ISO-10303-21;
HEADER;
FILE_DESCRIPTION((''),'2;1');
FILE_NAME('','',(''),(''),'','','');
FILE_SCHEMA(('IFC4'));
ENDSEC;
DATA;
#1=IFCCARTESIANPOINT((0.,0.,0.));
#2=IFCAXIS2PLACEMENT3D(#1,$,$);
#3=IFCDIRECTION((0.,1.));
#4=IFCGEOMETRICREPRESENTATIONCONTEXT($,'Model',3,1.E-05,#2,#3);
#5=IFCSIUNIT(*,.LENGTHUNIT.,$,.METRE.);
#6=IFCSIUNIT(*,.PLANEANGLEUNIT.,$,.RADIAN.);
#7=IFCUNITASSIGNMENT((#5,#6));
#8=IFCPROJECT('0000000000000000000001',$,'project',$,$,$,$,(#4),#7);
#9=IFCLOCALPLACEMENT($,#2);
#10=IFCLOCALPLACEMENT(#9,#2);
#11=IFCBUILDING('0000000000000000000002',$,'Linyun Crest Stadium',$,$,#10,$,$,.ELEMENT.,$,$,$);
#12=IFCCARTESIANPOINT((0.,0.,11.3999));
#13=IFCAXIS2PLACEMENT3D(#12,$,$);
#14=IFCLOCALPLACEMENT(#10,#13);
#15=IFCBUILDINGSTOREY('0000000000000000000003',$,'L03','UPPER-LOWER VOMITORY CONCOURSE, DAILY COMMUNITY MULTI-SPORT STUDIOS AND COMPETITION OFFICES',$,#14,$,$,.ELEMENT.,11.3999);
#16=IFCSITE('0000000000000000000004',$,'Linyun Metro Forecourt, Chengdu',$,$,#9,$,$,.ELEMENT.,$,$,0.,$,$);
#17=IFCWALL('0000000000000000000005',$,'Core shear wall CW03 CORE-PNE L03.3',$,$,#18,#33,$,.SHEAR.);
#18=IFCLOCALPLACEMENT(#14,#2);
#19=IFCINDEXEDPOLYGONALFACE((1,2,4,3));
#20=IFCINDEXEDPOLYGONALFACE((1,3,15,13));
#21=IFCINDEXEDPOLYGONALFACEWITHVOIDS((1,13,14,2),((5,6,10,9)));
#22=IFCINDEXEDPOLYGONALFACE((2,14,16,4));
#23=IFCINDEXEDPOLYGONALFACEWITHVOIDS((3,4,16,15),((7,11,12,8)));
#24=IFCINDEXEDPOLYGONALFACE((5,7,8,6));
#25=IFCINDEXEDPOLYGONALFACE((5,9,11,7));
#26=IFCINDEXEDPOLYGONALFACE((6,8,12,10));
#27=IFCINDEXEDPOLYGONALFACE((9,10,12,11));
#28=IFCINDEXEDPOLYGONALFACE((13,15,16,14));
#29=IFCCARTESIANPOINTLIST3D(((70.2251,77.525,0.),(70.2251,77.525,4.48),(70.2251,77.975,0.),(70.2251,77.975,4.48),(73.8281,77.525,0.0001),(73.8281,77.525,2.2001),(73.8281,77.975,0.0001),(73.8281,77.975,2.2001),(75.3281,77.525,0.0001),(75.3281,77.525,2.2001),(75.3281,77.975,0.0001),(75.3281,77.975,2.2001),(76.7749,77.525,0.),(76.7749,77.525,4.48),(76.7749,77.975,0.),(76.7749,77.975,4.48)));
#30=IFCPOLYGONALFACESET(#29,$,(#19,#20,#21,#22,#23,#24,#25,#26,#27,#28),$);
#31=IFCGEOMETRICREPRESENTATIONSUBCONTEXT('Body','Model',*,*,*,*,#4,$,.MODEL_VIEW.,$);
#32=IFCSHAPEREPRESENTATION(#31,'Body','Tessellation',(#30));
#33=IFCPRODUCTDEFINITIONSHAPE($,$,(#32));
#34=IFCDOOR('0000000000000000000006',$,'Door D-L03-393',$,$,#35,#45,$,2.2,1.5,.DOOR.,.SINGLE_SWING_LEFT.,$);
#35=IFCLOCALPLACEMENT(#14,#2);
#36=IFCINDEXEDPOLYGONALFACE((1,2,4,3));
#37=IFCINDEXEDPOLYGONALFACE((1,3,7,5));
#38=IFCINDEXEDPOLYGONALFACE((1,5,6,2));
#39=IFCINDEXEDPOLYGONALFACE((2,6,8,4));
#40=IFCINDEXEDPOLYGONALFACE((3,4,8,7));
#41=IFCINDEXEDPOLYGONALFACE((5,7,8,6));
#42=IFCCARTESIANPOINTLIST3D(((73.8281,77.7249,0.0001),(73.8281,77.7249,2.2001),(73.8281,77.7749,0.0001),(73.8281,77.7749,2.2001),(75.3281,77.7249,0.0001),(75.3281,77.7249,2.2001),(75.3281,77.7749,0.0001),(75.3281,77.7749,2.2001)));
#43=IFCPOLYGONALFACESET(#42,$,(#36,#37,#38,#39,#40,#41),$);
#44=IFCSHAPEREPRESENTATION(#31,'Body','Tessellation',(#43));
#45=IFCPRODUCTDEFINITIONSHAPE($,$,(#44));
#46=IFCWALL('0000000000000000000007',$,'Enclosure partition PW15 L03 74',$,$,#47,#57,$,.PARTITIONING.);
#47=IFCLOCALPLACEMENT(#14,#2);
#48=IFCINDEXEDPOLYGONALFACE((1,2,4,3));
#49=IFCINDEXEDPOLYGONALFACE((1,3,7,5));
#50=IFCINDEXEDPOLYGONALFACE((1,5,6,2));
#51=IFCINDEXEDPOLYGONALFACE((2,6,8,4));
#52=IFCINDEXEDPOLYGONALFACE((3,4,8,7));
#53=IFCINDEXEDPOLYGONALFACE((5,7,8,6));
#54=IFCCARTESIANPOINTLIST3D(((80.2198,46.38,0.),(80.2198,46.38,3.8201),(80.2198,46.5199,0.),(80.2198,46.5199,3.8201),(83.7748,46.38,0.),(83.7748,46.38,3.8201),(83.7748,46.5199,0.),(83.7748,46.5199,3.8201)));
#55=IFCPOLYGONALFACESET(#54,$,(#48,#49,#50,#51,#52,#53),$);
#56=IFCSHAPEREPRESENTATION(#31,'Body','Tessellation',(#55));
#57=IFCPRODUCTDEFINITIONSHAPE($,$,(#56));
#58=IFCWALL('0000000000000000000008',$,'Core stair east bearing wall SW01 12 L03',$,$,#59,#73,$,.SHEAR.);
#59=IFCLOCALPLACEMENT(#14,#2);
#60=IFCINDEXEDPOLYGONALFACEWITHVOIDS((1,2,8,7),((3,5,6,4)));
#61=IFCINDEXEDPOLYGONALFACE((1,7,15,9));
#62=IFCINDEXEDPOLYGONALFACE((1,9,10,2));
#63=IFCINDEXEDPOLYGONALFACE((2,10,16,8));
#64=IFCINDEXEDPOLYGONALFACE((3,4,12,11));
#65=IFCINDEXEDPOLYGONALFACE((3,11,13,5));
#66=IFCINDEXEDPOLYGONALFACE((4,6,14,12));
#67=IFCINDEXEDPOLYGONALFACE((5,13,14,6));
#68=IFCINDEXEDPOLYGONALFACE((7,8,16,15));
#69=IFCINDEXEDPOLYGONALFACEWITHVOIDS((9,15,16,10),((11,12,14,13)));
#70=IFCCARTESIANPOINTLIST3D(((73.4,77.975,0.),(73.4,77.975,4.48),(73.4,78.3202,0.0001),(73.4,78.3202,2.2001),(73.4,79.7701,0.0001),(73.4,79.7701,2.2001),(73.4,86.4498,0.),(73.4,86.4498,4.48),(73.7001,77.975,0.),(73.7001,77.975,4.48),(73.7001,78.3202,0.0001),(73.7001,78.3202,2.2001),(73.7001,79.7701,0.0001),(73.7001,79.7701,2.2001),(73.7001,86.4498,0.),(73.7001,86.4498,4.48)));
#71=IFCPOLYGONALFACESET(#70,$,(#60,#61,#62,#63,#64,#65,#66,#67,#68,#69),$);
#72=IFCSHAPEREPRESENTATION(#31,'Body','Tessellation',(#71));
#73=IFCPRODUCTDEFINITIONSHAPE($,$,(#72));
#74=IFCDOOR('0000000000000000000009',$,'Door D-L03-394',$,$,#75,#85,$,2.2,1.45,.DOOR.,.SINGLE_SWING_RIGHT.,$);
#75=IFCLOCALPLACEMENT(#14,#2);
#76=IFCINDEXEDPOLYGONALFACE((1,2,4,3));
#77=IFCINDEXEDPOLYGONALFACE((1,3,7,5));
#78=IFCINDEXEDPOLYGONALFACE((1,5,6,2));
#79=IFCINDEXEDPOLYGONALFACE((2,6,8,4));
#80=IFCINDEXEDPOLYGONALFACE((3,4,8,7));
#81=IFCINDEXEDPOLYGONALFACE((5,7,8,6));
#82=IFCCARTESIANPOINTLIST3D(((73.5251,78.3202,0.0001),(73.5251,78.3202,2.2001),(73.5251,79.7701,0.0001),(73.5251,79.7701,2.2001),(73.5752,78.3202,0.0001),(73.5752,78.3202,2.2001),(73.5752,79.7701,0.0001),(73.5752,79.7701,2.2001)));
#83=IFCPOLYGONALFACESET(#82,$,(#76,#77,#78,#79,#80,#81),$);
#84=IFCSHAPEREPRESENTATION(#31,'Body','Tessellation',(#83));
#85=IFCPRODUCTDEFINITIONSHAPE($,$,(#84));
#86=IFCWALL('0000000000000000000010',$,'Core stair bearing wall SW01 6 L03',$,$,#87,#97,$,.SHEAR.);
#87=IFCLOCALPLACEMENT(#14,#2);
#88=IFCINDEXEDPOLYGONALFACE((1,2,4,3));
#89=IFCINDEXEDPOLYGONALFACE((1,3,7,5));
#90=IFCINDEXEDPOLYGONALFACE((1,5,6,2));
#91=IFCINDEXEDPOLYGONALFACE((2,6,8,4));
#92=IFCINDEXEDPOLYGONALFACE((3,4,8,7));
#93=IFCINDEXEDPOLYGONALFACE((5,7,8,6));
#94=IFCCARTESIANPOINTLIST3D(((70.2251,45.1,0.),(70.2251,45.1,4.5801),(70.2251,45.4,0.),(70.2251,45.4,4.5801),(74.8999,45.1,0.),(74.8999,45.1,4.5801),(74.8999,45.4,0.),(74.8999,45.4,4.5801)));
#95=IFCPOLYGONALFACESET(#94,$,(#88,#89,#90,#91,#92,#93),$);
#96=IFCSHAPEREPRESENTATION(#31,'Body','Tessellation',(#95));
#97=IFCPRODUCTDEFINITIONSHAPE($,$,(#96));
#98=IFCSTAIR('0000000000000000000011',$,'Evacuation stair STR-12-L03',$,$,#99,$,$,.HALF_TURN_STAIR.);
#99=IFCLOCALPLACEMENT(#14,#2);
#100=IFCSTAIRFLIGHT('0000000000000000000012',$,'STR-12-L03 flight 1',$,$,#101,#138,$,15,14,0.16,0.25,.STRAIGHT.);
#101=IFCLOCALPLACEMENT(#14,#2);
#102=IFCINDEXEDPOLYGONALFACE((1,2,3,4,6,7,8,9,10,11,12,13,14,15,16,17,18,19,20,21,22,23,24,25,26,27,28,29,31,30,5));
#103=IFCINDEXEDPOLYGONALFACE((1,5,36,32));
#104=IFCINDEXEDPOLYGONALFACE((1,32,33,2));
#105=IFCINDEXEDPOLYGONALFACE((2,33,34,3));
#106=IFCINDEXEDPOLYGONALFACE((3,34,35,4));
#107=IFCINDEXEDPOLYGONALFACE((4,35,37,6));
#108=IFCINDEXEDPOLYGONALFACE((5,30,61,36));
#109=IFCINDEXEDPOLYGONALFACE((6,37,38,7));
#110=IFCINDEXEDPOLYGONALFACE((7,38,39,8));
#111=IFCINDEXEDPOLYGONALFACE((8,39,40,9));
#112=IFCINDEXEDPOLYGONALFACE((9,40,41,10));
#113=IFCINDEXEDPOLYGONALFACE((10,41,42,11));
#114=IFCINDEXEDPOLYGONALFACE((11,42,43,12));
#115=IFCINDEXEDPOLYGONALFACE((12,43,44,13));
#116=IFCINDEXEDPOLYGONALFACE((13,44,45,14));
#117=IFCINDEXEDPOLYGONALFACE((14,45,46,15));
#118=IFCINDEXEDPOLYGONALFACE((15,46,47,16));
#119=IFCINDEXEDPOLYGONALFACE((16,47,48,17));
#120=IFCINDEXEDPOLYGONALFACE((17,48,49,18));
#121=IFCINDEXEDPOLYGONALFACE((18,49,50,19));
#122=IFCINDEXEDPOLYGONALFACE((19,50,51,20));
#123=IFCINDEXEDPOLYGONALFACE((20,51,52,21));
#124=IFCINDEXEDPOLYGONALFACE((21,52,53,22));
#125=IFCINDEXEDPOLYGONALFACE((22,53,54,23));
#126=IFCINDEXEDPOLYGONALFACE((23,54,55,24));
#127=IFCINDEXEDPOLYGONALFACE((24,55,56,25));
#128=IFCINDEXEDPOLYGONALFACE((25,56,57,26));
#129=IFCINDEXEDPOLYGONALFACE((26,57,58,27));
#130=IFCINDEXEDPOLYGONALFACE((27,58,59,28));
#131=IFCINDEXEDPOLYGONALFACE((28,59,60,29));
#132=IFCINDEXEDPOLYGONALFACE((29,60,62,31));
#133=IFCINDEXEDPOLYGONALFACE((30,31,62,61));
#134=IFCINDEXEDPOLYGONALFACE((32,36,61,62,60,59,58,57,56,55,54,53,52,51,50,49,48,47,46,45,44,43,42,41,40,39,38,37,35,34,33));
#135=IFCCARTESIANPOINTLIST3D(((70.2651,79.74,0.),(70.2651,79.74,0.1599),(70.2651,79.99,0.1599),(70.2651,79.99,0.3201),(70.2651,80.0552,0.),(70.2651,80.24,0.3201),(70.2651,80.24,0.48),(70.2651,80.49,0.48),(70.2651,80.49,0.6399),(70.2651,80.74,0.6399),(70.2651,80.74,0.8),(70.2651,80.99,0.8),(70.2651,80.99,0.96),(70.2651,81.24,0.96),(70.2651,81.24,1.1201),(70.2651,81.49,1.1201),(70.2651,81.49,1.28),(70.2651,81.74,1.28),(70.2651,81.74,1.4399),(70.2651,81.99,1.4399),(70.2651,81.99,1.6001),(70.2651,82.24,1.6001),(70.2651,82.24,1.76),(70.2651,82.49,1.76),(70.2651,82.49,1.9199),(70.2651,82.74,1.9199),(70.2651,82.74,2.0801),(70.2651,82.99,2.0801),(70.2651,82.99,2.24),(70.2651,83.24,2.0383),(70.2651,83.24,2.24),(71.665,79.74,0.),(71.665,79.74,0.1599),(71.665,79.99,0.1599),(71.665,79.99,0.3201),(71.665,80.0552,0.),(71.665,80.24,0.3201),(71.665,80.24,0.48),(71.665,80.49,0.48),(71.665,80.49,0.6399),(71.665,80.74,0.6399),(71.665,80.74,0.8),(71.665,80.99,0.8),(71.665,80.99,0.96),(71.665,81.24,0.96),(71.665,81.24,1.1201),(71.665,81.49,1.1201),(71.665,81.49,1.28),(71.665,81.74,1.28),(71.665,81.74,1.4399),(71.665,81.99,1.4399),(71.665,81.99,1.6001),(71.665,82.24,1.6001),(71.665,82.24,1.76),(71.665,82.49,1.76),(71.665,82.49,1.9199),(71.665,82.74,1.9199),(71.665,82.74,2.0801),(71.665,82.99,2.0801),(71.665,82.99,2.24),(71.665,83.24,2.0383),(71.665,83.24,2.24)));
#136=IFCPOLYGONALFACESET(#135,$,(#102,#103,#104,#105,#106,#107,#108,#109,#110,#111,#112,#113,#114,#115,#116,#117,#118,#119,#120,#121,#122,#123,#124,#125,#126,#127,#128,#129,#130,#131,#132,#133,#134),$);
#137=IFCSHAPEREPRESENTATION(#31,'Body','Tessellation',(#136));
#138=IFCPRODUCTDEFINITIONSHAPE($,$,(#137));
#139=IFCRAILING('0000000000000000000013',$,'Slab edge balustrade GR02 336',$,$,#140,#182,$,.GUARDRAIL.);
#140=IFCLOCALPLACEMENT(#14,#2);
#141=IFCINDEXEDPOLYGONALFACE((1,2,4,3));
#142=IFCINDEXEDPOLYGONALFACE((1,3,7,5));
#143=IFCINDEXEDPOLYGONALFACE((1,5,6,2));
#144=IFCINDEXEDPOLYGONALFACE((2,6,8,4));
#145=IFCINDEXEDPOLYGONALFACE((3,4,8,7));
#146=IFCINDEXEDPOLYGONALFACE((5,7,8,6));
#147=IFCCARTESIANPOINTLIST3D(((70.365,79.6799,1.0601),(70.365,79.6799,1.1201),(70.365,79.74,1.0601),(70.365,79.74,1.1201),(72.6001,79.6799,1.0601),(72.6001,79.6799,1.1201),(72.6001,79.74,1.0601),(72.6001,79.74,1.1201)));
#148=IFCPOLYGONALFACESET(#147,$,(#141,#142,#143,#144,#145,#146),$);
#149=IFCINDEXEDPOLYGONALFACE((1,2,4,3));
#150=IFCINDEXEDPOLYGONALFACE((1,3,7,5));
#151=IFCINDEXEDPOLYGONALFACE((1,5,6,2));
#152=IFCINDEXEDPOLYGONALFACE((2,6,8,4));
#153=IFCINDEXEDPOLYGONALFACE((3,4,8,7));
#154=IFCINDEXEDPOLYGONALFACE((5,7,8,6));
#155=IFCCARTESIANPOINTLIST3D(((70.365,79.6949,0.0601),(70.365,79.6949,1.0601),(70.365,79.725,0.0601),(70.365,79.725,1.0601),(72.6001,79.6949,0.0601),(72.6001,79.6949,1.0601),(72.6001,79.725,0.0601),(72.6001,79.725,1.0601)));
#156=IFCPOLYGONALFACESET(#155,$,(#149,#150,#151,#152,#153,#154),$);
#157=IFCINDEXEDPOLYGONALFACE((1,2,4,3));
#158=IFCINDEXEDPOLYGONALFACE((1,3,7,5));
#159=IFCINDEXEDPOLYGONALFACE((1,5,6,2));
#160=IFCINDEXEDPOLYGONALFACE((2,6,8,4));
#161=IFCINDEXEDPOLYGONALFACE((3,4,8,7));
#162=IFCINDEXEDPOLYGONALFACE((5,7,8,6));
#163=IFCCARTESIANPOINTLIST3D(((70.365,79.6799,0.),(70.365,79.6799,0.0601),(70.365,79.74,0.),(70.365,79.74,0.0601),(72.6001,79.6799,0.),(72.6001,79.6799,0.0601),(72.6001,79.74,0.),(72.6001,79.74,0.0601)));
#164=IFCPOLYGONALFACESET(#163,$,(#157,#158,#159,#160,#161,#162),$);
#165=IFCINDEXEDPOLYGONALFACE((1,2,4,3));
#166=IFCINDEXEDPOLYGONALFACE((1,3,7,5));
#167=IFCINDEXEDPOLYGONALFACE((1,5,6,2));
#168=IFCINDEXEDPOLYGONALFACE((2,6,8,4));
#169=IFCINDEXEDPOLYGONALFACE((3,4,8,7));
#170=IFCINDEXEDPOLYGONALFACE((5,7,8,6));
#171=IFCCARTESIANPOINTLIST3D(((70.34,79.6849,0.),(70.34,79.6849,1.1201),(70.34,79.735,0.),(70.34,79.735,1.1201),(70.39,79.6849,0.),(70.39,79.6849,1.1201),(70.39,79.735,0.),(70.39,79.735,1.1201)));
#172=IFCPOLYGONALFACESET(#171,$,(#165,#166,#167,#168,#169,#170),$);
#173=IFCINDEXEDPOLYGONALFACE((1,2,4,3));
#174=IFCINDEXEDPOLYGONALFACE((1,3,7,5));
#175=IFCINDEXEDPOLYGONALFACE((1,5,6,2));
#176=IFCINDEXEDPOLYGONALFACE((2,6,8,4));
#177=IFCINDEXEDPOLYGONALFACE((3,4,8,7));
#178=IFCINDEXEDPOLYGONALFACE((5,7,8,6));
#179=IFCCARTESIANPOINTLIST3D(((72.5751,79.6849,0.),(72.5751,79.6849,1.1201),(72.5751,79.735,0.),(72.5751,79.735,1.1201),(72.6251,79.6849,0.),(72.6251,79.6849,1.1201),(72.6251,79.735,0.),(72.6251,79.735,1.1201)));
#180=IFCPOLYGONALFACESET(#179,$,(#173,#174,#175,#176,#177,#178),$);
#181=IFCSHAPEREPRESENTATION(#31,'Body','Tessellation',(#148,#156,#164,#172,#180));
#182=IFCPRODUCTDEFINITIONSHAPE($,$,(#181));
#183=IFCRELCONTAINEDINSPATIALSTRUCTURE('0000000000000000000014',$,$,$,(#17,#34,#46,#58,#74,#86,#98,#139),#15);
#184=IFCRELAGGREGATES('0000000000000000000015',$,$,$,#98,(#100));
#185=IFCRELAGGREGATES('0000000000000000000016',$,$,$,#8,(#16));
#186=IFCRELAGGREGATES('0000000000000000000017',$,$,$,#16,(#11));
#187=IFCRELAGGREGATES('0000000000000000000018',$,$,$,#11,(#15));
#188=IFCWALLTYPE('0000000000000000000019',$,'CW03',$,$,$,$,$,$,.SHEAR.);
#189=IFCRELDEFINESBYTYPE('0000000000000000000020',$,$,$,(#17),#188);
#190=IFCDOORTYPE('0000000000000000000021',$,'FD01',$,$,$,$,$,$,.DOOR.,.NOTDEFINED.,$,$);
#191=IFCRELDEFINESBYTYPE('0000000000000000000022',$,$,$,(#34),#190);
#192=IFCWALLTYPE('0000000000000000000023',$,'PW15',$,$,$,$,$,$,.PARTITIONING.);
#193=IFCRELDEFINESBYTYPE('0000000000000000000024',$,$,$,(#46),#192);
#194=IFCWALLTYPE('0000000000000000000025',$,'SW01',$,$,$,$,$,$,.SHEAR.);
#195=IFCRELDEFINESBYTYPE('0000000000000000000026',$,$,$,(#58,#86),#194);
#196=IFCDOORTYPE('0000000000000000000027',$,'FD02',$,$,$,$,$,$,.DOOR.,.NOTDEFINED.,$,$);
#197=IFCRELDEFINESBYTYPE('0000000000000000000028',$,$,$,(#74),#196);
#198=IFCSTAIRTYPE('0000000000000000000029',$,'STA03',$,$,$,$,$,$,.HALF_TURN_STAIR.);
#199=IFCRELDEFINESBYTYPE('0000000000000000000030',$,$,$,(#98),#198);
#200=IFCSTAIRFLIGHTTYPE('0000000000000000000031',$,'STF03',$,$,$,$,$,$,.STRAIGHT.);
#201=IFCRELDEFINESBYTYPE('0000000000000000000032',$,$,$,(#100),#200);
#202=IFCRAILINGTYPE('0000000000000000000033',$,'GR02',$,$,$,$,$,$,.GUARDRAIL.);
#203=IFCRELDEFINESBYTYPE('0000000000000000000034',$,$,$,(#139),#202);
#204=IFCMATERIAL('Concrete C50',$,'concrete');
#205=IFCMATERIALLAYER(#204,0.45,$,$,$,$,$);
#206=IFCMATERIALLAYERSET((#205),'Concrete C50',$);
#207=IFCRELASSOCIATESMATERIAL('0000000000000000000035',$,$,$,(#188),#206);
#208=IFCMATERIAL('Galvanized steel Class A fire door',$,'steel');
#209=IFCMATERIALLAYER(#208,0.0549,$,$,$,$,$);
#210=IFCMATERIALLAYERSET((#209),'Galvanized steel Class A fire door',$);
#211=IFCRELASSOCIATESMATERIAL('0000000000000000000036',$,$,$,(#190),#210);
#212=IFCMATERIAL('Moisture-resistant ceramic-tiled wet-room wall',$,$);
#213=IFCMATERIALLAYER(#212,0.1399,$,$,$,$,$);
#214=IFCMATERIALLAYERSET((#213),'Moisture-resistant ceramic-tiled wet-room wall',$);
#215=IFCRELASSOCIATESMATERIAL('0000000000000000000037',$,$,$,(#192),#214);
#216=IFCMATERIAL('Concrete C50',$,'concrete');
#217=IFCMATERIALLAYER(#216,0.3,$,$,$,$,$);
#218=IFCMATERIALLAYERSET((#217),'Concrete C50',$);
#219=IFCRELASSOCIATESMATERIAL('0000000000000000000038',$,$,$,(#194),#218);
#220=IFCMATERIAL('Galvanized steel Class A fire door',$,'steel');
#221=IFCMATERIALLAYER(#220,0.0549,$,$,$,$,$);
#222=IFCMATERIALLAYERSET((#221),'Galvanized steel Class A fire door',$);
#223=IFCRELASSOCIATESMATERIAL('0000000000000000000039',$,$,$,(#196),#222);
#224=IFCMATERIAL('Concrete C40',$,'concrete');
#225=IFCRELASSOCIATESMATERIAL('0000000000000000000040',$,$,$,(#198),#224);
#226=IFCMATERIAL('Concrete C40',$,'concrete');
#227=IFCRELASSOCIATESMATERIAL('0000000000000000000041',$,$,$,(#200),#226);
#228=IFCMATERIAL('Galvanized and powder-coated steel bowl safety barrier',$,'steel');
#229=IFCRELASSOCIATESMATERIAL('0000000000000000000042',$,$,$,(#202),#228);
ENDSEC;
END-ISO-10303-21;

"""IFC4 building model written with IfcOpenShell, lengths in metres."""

from ifc_helpers import new_model, si_unit, direction, frame, frame_2d, origin, origin_2d, place, context, subcontext, project, spatial, polyline, rectangle, outline, extrude, material, layer, layer_set, type_object, element, fill, aggregate, save


model = new_model("IFC4")

# Units and contexts
model_context = context("Model", 3, precision=1e-05, world=origin(), true_north=direction((0.0, 1.0)))
body_context = subcontext(model_context, "Body", "Model", "MODEL_VIEW")
ifc_project = project(units=[si_unit("LENGTHUNIT", "METRE"), si_unit("PLANEANGLEUNIT", "RADIAN")], contexts=[model_context])

# Site, building, storey
site_placement = place(None, origin())
site = spatial("IfcSite", under=ifc_project, at=site_placement, Name="Linyun Metro Forecourt, Chengdu", CompositionType="ELEMENT", RefElevation=0.0)
building_placement = place(site_placement, origin())
building = spatial("IfcBuilding", under=site, at=building_placement, Name="Linyun Crest Stadium", CompositionType="ELEMENT")
storey_placement = place(building_placement, frame((0.0, 0.0, 11.3999)))
storey = spatial("IfcBuildingStorey", under=building, at=storey_placement, Name="L03", Description="UPPER-LOWER VOMITORY CONCOURSE, DAILY COMMUNITY MULTI-SPORT STUDIOS AND COMPETITION OFFICES", CompositionType="ELEMENT", Elevation=11.3999)

# Shared definitions
ifc_material_1 = material(Name="Concrete C50", Category="concrete")
ifc_layer_1 = layer(ifc_material_1, 0.45)
ifc_layer_set_1 = layer_set([ifc_layer_1], Name="Concrete C50")
wall_type_1 = type_object("IfcWallType", Name="CW03", PredefinedType="SHEAR", material=ifc_layer_set_1)

# Wall, opening, door
wall_1_placement = place(storey_placement, frame((70.2251, 77.75, 0.0), z_axis=(0.0, 0.0, 1.0), x_axis=(1.0, 0.0, 0.0)))
wall_1 = element("IfcWall", 1, at=wall_1_placement, inside=storey, type_object=wall_type_1, Name="Core shear wall CW03 CORE-PNE L03.3", PredefinedType="SHEAR", context=body_context, shape_type="SweptSolid", body=[
    extrude(rectangle(XDim=6.5498, YDim=0.45, at=frame_2d((3.2749, 0.0))), origin(), (0.0, 0.0, 1.0), 4.48),
])
opening_1_placement = place(wall_1_placement, frame((3.603, 0.0, 0.0)))
opening_1 = element("IfcOpeningElement", 2, at=opening_1_placement, cuts=wall_1, PredefinedType="OPENING", context=body_context, shape_type="SweptSolid", body=[
    extrude(rectangle(XDim=1.5, YDim=2.2, at=frame_2d((0.75, 1.1001))), frame((0.0, 0.2349, 0.0), z_axis=(0.0, -1.0, 0.0), x_axis=(1.0, 0.0, 0.0)), (0.0, 0.0, 1.0), 0.47),
])
ifc_material_2 = material(Name="Galvanized steel Class A fire door", Category="steel")
ifc_layer_2 = layer(ifc_material_2, 0.0549)
ifc_layer_set_2 = layer_set([ifc_layer_2], Name="Galvanized steel Class A fire door")
door_type_1 = type_object("IfcDoorType", Name="FD01", OperationType="NOTDEFINED", PredefinedType="DOOR", material=ifc_layer_set_2)
door_1_placement = place(opening_1_placement, origin())
door_1 = element("IfcDoor", 3, at=door_1_placement, inside=storey, type_object=door_type_1, Name="Door D-L03-393", OperationType="SINGLE_SWING_LEFT", OverallHeight=2.2, OverallWidth=1.5, PredefinedType="DOOR", context=body_context, shape_type="SweptSolid", body=[
    extrude(rectangle(XDim=1.5, YDim=2.2, at=frame_2d((0.75, 1.1001))), frame((0.0, 0.0249, 0.0), z_axis=(0.0, -1.0, 0.0), x_axis=(1.0, 0.0, 0.0)), (0.0, 0.0, 1.0), 0.05),
])
fill(opening_1, door_1)

# Wall
ifc_material_3 = material(Name="Moisture-resistant ceramic-tiled wet-room wall")
ifc_layer_3 = layer(ifc_material_3, 0.1399)
ifc_layer_set_3 = layer_set([ifc_layer_3], Name="Moisture-resistant ceramic-tiled wet-room wall")
wall_type_2 = type_object("IfcWallType", Name="PW15", PredefinedType="PARTITIONING", material=ifc_layer_set_3)
wall_2_placement = place(storey_placement, frame((80.22, 46.45, 0.0), z_axis=(0.0, 0.0, 1.0), x_axis=(1.0, 0.0, 0.0)))
element("IfcWall", 4, at=wall_2_placement, inside=storey, type_object=wall_type_2, Name="Enclosure partition PW15 L03 74", PredefinedType="PARTITIONING", context=body_context, shape_type="SweptSolid", body=[
    extrude(rectangle(XDim=3.5549, YDim=0.1399, at=frame_2d((1.7773, 0.0))), origin(), (0.0, 0.0, 1.0), 3.8201),
])

# Wall, opening, door
ifc_material_4 = material(Name="Concrete C50", Category="concrete")
ifc_layer_4 = layer(ifc_material_4, 0.3)
ifc_layer_set_4 = layer_set([ifc_layer_4], Name="Concrete C50")
wall_type_3 = type_object("IfcWallType", Name="SW01", PredefinedType="SHEAR", material=ifc_layer_set_4)
wall_3_placement = place(storey_placement, frame((73.55, 77.9751, 0.0), z_axis=(0.0, 0.0, 1.0), x_axis=(0.0, 1.0, 0.0)))
wall_3 = element("IfcWall", 5, at=wall_3_placement, inside=storey, type_object=wall_type_3, Name="Core stair east bearing wall SW01 12 L03", PredefinedType="SHEAR", context=body_context, shape_type="SweptSolid", body=[
    extrude(rectangle(XDim=8.4749, YDim=0.3, at=frame_2d((4.2373, 0.0))), origin(), (0.0, 0.0, 1.0), 4.48),
])
opening_2_placement = place(wall_3_placement, frame((0.345, 0.0, 0.0)))
opening_2 = element("IfcOpeningElement", 6, at=opening_2_placement, cuts=wall_3, PredefinedType="OPENING", context=body_context, shape_type="SweptSolid", body=[
    extrude(rectangle(XDim=1.45, YDim=2.2, at=frame_2d((0.7251, 1.1001))), frame((0.0, 0.1599, 0.0), z_axis=(0.0, -1.0, 0.0), x_axis=(1.0, 0.0, 0.0)), (0.0, 0.0, 1.0), 0.3201),
])
ifc_material_5 = material(Name="Galvanized steel Class A fire door", Category="steel")
ifc_layer_5 = layer(ifc_material_5, 0.0549)
ifc_layer_set_5 = layer_set([ifc_layer_5], Name="Galvanized steel Class A fire door")
door_type_2 = type_object("IfcDoorType", Name="FD02", OperationType="NOTDEFINED", PredefinedType="DOOR", material=ifc_layer_set_5)
door_2_placement = place(opening_2_placement, origin())
door_2 = element("IfcDoor", 7, at=door_2_placement, inside=storey, type_object=door_type_2, Name="Door D-L03-394", OperationType="SINGLE_SWING_RIGHT", OverallHeight=2.2, OverallWidth=1.45, PredefinedType="DOOR", context=body_context, shape_type="SweptSolid", body=[
    extrude(rectangle(XDim=1.45, YDim=2.2, at=frame_2d((0.7251, 1.1001))), frame((0.0, 0.0249, 0.0), z_axis=(0.0, -1.0, 0.0), x_axis=(1.0, 0.0, 0.0)), (0.0, 0.0, 1.0), 0.05),
])
fill(opening_2, door_2)

# Wall
wall_4_placement = place(storey_placement, frame((70.2251, 45.25, 0.0), z_axis=(0.0, 0.0, 1.0), x_axis=(1.0, 0.0, 0.0)))
element("IfcWall", 8, at=wall_4_placement, inside=storey, type_object=wall_type_3, Name="Core stair bearing wall SW01 6 L03", PredefinedType="SHEAR", context=body_context, shape_type="SweptSolid", body=[
    extrude(rectangle(XDim=4.6748, YDim=0.3, at=frame_2d((2.3374, 0.0))), origin(), (0.0, 0.0, 1.0), 4.5801),
])

# Stair, stair flight
ifc_material_6 = material(Name="Concrete C40", Category="concrete")
stair_type = type_object("IfcStairType", Name="STA03", PredefinedType="HALF_TURN_STAIR", material=ifc_material_6)
stair_placement = place(storey_placement, origin())
stair = element("IfcStair", 9, at=stair_placement, inside=storey, type_object=stair_type, Name="Evacuation stair STR-12-L03", PredefinedType="HALF_TURN_STAIR")
ifc_material_7 = material(Name="Concrete C40", Category="concrete")
stair_flight_type = type_object("IfcStairFlightType", Name="STF03", PredefinedType="STRAIGHT", material=ifc_material_7)
stair_flight_placement = place(storey_placement, frame((70.9651, 79.74, 0.0), z_axis=(0.0, 0.0, 1.0), x_axis=(0.0, 1.0, 0.0)))
stair_flight = element("IfcStairFlight", 10, at=stair_flight_placement, type_object=stair_flight_type, Name="STR-12-L03 flight 1", NumberOfRisers=15, NumberOfTreads=14, PredefinedType="STRAIGHT", RiserHeight=0.16, TreadLength=0.25, context=body_context, shape_type="SweptSolid", body=[
    extrude(outline(polyline([(0.0, 0.0), (0.0, 0.1599), (0.25, 0.1599), (0.25, 0.3201), (0.5, 0.3201), (0.5, 0.48), (0.75, 0.48), (0.75, 0.6399), (1.0, 0.6399), (1.0, 0.8), (1.25, 0.8), (1.25, 0.96), (1.5, 0.96), (1.5, 1.1201), (1.75, 1.1201), (1.75, 1.28), (2.0, 1.28), (2.0, 1.4399), (2.25, 1.4399), (2.25, 1.6001), (2.5, 1.6001), (2.5, 1.76), (2.75, 1.76), (2.75, 1.9199), (3.0, 1.9199), (3.0, 2.0801), (3.25, 2.0801), (3.25, 2.24), (3.5, 2.24), (3.5, 2.3999), (3.5, 2.0383), (0.3152, 0.0), (0.0, 0.0)])), frame((0.0, 0.7, 0.0), z_axis=(0.0, -1.0, 0.0), x_axis=(1.0, 0.0, 0.0)), (0.0, 0.0, 1.0), 1.3999),
])
aggregate(stair, [stair_flight])

# Railing
ifc_material_8 = material(Name="Galvanized and powder-coated steel bowl safety barrier", Category="steel")
railing_type_1 = type_object("IfcRailingType", Name="GR02", PredefinedType="GUARDRAIL", material=ifc_material_8)
railing_1_placement = place(storey_placement, frame((70.365, 79.71, 0.0)))
element("IfcRailing", 11, at=railing_1_placement, inside=storey, type_object=railing_type_1, Name="Slab edge balustrade GR02 336", PredefinedType="GUARDRAIL", context=body_context, shape_type="SweptSolid", body=[
    extrude(rectangle(XDim=0.0601, YDim=0.0601, at=origin_2d()), frame((0.0, 0.0, 1.0901), z_axis=(1.0, 0.0, 0.0), x_axis=(0.0, 1.0, 0.0)), (0.0, 0.0, 1.0), 2.2351),
    extrude(rectangle(XDim=0.03, YDim=1.0, at=origin_2d()), frame((0.0, 0.0, 0.5601), z_axis=(1.0, 0.0, 0.0), x_axis=(0.0, 1.0, 0.0)), (0.0, 0.0, 1.0), 2.2351),
    extrude(rectangle(XDim=0.0601, YDim=0.0601, at=origin_2d()), frame((0.0, 0.0, 0.03), z_axis=(1.0, 0.0, 0.0), x_axis=(0.0, 1.0, 0.0)), (0.0, 0.0, 1.0), 2.2351),
    extrude(rectangle(XDim=0.05, YDim=0.05, at=origin_2d()), origin(), (0.0, 0.0, 1.0), 1.1201),
    extrude(rectangle(XDim=0.05, YDim=0.05, at=origin_2d()), frame((2.2351, 0.0, 0.0)), (0.0, 0.0, 1.0), 1.1201),
])

save(model, "model.ifc")
